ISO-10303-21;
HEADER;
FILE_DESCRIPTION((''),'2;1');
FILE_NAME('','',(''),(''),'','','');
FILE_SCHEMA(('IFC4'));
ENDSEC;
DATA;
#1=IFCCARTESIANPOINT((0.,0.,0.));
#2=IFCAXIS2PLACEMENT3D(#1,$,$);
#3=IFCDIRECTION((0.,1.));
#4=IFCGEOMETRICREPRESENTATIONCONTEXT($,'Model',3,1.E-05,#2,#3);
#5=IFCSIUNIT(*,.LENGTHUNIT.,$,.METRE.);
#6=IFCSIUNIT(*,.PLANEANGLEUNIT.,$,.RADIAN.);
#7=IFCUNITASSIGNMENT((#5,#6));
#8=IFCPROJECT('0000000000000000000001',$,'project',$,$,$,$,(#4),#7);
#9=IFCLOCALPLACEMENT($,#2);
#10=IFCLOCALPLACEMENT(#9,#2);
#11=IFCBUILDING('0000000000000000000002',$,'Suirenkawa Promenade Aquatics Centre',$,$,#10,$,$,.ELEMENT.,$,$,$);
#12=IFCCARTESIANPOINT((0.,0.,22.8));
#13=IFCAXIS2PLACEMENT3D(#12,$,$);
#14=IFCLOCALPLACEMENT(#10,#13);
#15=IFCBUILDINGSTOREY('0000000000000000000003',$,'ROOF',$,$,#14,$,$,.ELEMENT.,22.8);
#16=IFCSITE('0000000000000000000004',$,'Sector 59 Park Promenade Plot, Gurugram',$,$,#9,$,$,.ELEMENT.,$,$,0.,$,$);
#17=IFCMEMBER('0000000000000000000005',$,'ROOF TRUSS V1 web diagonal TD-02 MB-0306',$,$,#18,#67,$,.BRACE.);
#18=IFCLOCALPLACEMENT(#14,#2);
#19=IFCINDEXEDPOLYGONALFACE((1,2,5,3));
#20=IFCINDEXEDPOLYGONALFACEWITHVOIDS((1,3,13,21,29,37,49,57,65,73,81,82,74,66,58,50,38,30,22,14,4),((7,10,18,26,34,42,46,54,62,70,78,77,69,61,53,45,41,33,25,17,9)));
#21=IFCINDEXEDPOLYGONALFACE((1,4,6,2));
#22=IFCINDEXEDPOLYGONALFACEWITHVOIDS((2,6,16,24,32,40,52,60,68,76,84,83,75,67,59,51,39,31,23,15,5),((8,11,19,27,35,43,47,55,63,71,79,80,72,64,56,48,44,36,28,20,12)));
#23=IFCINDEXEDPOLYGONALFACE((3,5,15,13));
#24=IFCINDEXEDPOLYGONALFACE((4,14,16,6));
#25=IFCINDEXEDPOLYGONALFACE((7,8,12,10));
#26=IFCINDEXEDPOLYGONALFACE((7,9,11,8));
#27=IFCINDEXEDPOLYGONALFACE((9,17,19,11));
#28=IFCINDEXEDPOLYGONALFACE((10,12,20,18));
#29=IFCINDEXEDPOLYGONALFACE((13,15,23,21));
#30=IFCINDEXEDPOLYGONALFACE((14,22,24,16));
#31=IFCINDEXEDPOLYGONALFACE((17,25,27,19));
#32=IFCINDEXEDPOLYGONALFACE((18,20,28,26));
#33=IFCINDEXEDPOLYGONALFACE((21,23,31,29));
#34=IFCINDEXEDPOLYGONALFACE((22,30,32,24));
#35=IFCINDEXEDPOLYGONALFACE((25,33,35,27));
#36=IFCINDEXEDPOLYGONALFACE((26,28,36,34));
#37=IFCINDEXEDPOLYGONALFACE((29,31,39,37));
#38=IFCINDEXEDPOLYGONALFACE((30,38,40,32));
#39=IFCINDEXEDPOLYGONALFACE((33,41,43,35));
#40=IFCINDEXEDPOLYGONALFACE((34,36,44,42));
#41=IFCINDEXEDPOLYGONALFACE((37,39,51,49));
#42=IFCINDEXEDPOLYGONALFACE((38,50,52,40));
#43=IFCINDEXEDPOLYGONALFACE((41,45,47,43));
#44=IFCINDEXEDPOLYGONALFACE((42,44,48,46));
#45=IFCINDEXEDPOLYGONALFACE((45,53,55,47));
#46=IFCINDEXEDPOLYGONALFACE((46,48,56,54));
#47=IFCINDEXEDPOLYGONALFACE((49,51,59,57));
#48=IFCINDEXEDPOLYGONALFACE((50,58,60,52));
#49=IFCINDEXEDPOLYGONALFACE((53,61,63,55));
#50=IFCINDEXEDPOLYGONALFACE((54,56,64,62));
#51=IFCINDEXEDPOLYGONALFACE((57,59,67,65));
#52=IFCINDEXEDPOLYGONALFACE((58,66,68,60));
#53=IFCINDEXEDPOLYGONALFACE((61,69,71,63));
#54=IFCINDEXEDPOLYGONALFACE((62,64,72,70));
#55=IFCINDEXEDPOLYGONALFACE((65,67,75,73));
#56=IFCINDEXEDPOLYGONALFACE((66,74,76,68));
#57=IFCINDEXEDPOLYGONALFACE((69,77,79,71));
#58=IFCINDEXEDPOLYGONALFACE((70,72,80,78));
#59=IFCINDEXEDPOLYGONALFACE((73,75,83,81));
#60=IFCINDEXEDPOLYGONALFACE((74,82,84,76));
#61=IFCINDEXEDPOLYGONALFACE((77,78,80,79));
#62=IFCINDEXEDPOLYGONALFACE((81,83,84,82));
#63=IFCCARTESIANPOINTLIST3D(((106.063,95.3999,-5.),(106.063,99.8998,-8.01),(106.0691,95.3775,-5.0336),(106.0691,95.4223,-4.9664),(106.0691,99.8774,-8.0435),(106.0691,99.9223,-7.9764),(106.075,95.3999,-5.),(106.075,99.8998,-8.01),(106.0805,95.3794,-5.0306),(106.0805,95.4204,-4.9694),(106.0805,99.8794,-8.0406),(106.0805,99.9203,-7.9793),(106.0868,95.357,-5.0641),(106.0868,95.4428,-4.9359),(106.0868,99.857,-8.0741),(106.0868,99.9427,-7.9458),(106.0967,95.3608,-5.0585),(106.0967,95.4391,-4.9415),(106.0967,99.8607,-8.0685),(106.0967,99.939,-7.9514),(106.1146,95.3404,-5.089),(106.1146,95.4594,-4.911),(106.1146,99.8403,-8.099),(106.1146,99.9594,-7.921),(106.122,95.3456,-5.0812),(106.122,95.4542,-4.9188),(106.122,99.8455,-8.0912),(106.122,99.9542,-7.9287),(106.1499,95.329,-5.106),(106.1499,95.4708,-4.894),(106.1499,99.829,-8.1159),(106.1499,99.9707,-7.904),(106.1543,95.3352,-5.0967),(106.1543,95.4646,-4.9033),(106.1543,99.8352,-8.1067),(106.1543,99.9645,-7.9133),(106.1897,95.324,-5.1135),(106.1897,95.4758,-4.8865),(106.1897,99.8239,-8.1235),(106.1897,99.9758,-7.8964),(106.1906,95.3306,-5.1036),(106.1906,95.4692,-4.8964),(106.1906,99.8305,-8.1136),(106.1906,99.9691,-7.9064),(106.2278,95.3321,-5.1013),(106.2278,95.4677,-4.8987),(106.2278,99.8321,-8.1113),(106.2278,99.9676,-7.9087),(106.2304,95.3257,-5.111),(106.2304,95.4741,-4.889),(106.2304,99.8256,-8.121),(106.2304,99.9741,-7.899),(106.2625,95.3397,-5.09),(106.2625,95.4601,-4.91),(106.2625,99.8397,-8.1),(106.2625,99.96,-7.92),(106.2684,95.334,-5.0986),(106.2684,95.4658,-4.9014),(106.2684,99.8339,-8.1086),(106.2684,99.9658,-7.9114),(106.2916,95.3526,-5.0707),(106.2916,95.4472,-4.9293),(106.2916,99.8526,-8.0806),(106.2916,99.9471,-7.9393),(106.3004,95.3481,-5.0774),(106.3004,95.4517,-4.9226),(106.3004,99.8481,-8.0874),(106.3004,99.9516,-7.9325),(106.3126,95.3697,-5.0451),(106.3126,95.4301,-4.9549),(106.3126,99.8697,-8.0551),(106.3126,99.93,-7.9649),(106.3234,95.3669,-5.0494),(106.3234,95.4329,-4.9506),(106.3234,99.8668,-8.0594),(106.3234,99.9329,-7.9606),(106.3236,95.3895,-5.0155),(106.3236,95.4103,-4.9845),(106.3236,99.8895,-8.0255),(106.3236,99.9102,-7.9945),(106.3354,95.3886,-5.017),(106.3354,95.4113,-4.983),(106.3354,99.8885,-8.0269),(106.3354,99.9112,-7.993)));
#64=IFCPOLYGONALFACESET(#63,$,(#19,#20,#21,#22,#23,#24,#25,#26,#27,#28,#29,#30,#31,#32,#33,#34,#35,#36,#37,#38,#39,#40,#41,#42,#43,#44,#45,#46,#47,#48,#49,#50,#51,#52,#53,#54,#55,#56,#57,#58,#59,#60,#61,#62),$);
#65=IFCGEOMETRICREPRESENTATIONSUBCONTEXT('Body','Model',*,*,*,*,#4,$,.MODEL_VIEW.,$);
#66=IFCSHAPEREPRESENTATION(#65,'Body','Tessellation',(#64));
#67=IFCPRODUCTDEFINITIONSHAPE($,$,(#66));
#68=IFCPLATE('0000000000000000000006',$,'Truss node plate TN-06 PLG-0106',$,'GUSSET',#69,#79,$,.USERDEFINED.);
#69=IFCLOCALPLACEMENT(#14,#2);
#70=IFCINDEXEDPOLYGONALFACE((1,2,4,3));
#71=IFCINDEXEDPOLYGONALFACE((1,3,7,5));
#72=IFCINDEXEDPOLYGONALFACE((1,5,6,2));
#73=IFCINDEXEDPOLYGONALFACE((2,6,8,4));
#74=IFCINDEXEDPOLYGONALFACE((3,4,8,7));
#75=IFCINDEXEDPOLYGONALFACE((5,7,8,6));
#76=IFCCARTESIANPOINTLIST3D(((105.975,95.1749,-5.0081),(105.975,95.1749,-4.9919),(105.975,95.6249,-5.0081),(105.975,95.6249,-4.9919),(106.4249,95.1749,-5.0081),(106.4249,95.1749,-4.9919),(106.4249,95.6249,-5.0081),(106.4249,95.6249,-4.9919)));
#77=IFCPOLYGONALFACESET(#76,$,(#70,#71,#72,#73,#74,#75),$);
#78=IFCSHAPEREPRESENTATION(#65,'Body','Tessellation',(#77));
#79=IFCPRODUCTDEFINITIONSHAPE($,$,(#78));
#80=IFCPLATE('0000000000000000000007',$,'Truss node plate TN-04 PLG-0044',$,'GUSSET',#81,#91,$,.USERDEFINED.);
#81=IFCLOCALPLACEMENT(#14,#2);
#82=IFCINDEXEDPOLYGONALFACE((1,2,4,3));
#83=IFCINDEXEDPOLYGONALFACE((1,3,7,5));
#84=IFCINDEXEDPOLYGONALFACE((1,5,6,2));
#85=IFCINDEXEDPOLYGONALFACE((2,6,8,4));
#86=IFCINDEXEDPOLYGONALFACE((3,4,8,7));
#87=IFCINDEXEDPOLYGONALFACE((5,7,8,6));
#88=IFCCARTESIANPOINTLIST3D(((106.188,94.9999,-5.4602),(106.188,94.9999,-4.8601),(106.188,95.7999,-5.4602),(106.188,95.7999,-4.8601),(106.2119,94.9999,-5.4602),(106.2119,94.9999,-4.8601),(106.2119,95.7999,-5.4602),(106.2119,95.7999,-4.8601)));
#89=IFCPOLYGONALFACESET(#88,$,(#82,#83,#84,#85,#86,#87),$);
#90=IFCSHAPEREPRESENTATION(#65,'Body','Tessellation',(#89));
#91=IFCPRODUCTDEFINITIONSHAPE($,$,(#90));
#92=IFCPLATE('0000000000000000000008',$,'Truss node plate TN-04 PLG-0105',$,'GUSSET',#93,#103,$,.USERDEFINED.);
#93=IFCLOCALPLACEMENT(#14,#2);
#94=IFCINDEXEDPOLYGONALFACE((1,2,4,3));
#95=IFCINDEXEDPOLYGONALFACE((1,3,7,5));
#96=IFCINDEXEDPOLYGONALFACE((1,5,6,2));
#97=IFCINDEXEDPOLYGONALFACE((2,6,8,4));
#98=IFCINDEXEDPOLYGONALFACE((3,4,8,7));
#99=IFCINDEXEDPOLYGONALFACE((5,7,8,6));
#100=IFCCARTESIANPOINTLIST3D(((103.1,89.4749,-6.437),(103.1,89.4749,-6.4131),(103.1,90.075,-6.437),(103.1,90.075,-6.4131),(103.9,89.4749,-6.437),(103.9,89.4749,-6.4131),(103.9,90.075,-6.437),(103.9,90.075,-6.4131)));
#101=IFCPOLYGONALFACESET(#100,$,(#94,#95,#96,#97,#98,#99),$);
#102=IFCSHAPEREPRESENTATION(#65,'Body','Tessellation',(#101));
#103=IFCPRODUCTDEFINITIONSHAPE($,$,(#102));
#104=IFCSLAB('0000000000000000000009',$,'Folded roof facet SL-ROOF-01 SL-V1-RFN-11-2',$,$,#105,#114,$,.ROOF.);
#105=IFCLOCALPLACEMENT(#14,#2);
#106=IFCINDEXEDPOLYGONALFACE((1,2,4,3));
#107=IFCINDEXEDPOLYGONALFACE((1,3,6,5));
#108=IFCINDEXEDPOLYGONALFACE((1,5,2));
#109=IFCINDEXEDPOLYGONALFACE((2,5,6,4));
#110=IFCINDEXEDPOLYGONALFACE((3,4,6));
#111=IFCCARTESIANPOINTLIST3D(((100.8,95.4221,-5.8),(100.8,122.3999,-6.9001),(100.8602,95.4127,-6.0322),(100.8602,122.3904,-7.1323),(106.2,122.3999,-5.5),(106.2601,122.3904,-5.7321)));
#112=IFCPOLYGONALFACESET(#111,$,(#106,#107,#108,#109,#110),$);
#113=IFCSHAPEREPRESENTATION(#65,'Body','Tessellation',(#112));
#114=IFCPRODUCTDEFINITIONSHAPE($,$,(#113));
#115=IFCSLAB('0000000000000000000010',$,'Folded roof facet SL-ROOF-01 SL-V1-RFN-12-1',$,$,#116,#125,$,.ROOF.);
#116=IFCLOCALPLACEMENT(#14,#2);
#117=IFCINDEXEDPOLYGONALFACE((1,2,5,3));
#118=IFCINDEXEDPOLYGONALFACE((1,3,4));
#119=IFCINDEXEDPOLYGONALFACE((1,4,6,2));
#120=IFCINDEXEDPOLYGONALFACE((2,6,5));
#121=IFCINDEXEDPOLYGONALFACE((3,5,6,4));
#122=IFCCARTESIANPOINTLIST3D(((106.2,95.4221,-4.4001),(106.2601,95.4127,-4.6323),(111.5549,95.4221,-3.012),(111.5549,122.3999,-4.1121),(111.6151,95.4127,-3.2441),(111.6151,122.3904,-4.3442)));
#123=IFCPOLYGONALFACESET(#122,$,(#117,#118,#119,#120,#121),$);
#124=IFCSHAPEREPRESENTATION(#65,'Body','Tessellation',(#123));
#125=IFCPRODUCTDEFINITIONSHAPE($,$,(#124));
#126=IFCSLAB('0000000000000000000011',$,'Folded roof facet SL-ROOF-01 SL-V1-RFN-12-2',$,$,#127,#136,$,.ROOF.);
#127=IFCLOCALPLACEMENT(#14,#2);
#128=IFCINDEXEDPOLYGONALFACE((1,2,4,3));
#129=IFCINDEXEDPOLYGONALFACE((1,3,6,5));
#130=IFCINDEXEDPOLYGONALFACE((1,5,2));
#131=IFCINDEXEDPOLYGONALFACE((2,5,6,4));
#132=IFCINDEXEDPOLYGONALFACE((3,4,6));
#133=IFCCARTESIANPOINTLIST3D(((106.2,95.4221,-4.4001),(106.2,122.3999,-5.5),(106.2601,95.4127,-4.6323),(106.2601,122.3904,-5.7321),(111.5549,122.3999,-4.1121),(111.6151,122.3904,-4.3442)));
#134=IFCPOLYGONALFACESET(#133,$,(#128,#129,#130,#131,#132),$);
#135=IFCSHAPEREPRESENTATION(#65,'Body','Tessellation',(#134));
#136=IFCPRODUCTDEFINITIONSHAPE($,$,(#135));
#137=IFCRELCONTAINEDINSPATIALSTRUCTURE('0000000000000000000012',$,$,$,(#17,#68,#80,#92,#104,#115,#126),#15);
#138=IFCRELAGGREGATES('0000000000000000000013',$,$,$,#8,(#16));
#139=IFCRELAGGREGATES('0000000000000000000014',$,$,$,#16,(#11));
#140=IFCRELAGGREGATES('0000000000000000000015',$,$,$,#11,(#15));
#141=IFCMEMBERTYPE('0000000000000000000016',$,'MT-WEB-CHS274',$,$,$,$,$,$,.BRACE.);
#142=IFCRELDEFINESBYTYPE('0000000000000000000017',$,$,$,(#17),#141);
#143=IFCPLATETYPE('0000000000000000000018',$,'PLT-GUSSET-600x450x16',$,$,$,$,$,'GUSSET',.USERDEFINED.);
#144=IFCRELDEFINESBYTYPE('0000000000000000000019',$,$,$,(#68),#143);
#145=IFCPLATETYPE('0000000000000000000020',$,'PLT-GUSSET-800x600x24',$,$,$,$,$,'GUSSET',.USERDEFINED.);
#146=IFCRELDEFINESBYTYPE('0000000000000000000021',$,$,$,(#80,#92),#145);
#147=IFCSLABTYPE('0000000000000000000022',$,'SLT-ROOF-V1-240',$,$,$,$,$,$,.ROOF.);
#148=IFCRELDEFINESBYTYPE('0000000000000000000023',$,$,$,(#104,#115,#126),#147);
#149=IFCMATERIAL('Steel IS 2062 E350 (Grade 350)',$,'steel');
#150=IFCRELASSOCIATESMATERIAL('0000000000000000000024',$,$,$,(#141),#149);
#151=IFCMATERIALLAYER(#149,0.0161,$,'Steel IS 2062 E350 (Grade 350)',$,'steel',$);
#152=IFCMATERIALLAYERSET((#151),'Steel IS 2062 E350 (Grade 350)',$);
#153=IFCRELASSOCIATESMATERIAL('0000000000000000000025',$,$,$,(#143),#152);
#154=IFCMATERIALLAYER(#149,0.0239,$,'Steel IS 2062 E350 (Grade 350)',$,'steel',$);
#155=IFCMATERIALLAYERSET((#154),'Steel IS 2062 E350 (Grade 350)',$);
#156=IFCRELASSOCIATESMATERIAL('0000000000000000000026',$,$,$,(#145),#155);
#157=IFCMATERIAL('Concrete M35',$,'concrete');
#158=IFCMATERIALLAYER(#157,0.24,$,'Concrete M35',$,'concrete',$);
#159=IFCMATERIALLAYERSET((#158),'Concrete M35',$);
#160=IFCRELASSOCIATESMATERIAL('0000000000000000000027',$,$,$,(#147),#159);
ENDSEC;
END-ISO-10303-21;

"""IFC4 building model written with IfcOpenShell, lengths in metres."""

from ifc_helpers import new_model, si_unit, direction, frame, origin, origin_2d, place, context, subcontext, project, spatial, polyline, rectangle, hollow_circle, outline, extrude, material, layer, layer_set, material_profile, profile_set, type_object, element, save


model = new_model("IFC4")

# Units and contexts
model_context = context("Model", 3, precision=1e-05, world=origin(), true_north=direction((0.0, 1.0)))
body_context = subcontext(model_context, "Body", "Model", "MODEL_VIEW")
ifc_project = project(units=[si_unit("LENGTHUNIT", "METRE"), si_unit("PLANEANGLEUNIT", "RADIAN")], contexts=[model_context])

# Site, building, storey
site_placement = place(None, origin())
site = spatial("IfcSite", under=ifc_project, at=site_placement, Name="Sector 59 Park Promenade Plot, Gurugram", CompositionType="ELEMENT", RefElevation=0.0)
building_placement = place(site_placement, origin())
building = spatial("IfcBuilding", under=site, at=building_placement, Name="Suirenkawa Promenade Aquatics Centre", CompositionType="ELEMENT")
storey_placement = place(building_placement, frame((0.0, 0.0, 22.8)))
storey = spatial("IfcBuildingStorey", under=building, at=storey_placement, Name="ROOF", CompositionType="ELEMENT", Elevation=22.8)

# Shared definitions
ifc_material_1 = material(Name="Steel IS 2062 E350 (Grade 350)", Category="steel")

# Member
ifc_material_profile_1 = material_profile(ifc_material_1, hollow_circle(Radius=0.137, WallThickness=0.012, at=origin_2d()), Name="CHS 274x12", Category="steel")
ifc_profile_set_1 = profile_set([ifc_material_profile_1], Name="Steel IS 2062 E350 (Grade 350)")
member_type_1 = type_object("IfcMemberType", Name="MT-WEB-CHS274", PredefinedType="BRACE", material=ifc_profile_set_1)
member_1_placement = place(storey_placement, frame((106.2, 95.3999, -5.0), z_axis=(0.0, 0.831196, -0.55598), x_axis=(-1.0, 0.0, 0.0)))
element("IfcMember", 1, at=member_1_placement, inside=storey, type_object=member_type_1, Name="ROOF TRUSS V1 web diagonal TD-02 MB-0306", PredefinedType="BRACE", context=body_context, shape_type="SweptSolid", body=[
    extrude(hollow_circle(Radius=0.137, WallThickness=0.012, at=origin_2d()), origin(), (0.0, 0.0, 1.0), 5.4138),
])

# Plates
ifc_layer_1 = layer(ifc_material_1, 0.0161, Name="Steel IS 2062 E350 (Grade 350)", Category="steel")
ifc_layer_set_1 = layer_set([ifc_layer_1], Name="Steel IS 2062 E350 (Grade 350)")
plate_type_1 = type_object("IfcPlateType", Name="PLT-GUSSET-600x450x16", ElementType="GUSSET", PredefinedType="USERDEFINED", material=ifc_layer_set_1)
plate_1_placement = place(storey_placement, frame((106.2, 95.3999, -5.0081), z_axis=(0.0, 0.0, 1.0), x_axis=(1.0, 0.0, 0.0)))
element("IfcPlate", 2, at=plate_1_placement, inside=storey, type_object=plate_type_1, Name="Truss node plate TN-06 PLG-0106", ObjectType="GUSSET", PredefinedType="USERDEFINED", context=body_context, shape_type="SweptSolid", body=[
    extrude(rectangle(XDim=0.45, YDim=0.45, at=origin_2d()), origin(), (0.0, 0.0, 1.0), 0.0161),
])
ifc_layer_2 = layer(ifc_material_1, 0.0239, Name="Steel IS 2062 E350 (Grade 350)", Category="steel")
ifc_layer_set_2 = layer_set([ifc_layer_2], Name="Steel IS 2062 E350 (Grade 350)")
plate_type_2 = type_object("IfcPlateType", Name="PLT-GUSSET-800x600x24", ElementType="GUSSET", PredefinedType="USERDEFINED", material=ifc_layer_set_2)
plate_2_placement = place(storey_placement, frame((106.2, 95.3999, -5.4602), z_axis=(0.0, 0.0, 1.0), x_axis=(0.0, 1.0, 0.0)))
element("IfcPlate", 3, at=plate_2_placement, inside=storey, type_object=plate_type_2, Name="Truss node plate TN-04 PLG-0044", ObjectType="GUSSET", PredefinedType="USERDEFINED", context=body_context, shape_type="SweptSolid", body=[
    extrude(rectangle(XDim=0.8, YDim=0.0239, at=origin_2d()), origin(), (0.0, 0.0, 1.0), 0.6001),
])
plate_3_placement = place(storey_placement, frame((103.5, 89.7749, -6.437), z_axis=(0.0, 0.0, 1.0), x_axis=(1.0, 0.0, 0.0)))
element("IfcPlate", 4, at=plate_3_placement, inside=storey, type_object=plate_type_2, Name="Truss node plate TN-04 PLG-0105", ObjectType="GUSSET", PredefinedType="USERDEFINED", context=body_context, shape_type="SweptSolid", body=[
    extrude(rectangle(XDim=0.8, YDim=0.6001, at=origin_2d()), origin(), (0.0, 0.0, 1.0), 0.0239),
])

# Slabs
ifc_material_2 = material(Name="Concrete M35", Category="concrete")
ifc_layer_3 = layer(ifc_material_2, 0.24, Name="Concrete M35", Category="concrete")
ifc_layer_set_3 = layer_set([ifc_layer_3], Name="Concrete M35")
slab_type = type_object("IfcSlabType", Name="SLT-ROOF-V1-240", PredefinedType="ROOF", material=ifc_layer_set_3)
slab_1_placement = place(storey_placement, frame((100.8, 95.4221, -5.8), z_axis=(-0.250796, 0.039442, 0.967236), x_axis=(0.196256, 0.980492, 0.010905)))
element("IfcSlab", 5, at=slab_1_placement, inside=storey, type_object=slab_type, Name="Folded roof facet SL-ROOF-01 SL-V1-RFN-11-2", PredefinedType="ROOF", context=body_context, shape_type="SweptSolid", body=[
    extrude(outline(polyline([(0.0, 0.0), (27.5145, 0.0), (26.4395, 5.4739), (0.0, 0.0)])), origin(), (0.0, 0.0, -1.0), 0.24),
])
slab_2_placement = place(storey_placement, frame((106.2, 95.4221, -4.4001), z_axis=(-0.250742, 0.039442, 0.96725), x_axis=(0.968003, 0.0, 0.250938)))
element("IfcSlab", 6, at=slab_2_placement, inside=storey, type_object=slab_type, Name="Folded roof facet SL-ROOF-01 SL-V1-RFN-12-1", PredefinedType="ROOF", context=body_context, shape_type="SweptSolid", body=[
    extrude(outline(polyline([(0.0, 0.0), (5.532, 0.0), (5.2559, 26.9988), (0.0, 0.0)])), origin(), (0.0, 0.0, -1.0), 0.24),
])
slab_3_placement = place(storey_placement, frame((106.2, 95.4221, -4.4001), z_axis=(-0.250701, 0.039434, 0.967261), x_axis=(0.194687, 0.98081, 0.010474)))
element("IfcSlab", 7, at=slab_3_placement, inside=storey, type_object=slab_type, Name="Folded roof facet SL-ROOF-01 SL-V1-RFN-12-2", PredefinedType="ROOF", context=body_context, shape_type="SweptSolid", body=[
    extrude(outline(polyline([(0.0, 0.0), (27.5056, 0.0), (26.4485, 5.43), (0.0, 0.0)])), origin(), (0.0, 0.0, -1.0), 0.24),
])

save(model, "model.ifc")
